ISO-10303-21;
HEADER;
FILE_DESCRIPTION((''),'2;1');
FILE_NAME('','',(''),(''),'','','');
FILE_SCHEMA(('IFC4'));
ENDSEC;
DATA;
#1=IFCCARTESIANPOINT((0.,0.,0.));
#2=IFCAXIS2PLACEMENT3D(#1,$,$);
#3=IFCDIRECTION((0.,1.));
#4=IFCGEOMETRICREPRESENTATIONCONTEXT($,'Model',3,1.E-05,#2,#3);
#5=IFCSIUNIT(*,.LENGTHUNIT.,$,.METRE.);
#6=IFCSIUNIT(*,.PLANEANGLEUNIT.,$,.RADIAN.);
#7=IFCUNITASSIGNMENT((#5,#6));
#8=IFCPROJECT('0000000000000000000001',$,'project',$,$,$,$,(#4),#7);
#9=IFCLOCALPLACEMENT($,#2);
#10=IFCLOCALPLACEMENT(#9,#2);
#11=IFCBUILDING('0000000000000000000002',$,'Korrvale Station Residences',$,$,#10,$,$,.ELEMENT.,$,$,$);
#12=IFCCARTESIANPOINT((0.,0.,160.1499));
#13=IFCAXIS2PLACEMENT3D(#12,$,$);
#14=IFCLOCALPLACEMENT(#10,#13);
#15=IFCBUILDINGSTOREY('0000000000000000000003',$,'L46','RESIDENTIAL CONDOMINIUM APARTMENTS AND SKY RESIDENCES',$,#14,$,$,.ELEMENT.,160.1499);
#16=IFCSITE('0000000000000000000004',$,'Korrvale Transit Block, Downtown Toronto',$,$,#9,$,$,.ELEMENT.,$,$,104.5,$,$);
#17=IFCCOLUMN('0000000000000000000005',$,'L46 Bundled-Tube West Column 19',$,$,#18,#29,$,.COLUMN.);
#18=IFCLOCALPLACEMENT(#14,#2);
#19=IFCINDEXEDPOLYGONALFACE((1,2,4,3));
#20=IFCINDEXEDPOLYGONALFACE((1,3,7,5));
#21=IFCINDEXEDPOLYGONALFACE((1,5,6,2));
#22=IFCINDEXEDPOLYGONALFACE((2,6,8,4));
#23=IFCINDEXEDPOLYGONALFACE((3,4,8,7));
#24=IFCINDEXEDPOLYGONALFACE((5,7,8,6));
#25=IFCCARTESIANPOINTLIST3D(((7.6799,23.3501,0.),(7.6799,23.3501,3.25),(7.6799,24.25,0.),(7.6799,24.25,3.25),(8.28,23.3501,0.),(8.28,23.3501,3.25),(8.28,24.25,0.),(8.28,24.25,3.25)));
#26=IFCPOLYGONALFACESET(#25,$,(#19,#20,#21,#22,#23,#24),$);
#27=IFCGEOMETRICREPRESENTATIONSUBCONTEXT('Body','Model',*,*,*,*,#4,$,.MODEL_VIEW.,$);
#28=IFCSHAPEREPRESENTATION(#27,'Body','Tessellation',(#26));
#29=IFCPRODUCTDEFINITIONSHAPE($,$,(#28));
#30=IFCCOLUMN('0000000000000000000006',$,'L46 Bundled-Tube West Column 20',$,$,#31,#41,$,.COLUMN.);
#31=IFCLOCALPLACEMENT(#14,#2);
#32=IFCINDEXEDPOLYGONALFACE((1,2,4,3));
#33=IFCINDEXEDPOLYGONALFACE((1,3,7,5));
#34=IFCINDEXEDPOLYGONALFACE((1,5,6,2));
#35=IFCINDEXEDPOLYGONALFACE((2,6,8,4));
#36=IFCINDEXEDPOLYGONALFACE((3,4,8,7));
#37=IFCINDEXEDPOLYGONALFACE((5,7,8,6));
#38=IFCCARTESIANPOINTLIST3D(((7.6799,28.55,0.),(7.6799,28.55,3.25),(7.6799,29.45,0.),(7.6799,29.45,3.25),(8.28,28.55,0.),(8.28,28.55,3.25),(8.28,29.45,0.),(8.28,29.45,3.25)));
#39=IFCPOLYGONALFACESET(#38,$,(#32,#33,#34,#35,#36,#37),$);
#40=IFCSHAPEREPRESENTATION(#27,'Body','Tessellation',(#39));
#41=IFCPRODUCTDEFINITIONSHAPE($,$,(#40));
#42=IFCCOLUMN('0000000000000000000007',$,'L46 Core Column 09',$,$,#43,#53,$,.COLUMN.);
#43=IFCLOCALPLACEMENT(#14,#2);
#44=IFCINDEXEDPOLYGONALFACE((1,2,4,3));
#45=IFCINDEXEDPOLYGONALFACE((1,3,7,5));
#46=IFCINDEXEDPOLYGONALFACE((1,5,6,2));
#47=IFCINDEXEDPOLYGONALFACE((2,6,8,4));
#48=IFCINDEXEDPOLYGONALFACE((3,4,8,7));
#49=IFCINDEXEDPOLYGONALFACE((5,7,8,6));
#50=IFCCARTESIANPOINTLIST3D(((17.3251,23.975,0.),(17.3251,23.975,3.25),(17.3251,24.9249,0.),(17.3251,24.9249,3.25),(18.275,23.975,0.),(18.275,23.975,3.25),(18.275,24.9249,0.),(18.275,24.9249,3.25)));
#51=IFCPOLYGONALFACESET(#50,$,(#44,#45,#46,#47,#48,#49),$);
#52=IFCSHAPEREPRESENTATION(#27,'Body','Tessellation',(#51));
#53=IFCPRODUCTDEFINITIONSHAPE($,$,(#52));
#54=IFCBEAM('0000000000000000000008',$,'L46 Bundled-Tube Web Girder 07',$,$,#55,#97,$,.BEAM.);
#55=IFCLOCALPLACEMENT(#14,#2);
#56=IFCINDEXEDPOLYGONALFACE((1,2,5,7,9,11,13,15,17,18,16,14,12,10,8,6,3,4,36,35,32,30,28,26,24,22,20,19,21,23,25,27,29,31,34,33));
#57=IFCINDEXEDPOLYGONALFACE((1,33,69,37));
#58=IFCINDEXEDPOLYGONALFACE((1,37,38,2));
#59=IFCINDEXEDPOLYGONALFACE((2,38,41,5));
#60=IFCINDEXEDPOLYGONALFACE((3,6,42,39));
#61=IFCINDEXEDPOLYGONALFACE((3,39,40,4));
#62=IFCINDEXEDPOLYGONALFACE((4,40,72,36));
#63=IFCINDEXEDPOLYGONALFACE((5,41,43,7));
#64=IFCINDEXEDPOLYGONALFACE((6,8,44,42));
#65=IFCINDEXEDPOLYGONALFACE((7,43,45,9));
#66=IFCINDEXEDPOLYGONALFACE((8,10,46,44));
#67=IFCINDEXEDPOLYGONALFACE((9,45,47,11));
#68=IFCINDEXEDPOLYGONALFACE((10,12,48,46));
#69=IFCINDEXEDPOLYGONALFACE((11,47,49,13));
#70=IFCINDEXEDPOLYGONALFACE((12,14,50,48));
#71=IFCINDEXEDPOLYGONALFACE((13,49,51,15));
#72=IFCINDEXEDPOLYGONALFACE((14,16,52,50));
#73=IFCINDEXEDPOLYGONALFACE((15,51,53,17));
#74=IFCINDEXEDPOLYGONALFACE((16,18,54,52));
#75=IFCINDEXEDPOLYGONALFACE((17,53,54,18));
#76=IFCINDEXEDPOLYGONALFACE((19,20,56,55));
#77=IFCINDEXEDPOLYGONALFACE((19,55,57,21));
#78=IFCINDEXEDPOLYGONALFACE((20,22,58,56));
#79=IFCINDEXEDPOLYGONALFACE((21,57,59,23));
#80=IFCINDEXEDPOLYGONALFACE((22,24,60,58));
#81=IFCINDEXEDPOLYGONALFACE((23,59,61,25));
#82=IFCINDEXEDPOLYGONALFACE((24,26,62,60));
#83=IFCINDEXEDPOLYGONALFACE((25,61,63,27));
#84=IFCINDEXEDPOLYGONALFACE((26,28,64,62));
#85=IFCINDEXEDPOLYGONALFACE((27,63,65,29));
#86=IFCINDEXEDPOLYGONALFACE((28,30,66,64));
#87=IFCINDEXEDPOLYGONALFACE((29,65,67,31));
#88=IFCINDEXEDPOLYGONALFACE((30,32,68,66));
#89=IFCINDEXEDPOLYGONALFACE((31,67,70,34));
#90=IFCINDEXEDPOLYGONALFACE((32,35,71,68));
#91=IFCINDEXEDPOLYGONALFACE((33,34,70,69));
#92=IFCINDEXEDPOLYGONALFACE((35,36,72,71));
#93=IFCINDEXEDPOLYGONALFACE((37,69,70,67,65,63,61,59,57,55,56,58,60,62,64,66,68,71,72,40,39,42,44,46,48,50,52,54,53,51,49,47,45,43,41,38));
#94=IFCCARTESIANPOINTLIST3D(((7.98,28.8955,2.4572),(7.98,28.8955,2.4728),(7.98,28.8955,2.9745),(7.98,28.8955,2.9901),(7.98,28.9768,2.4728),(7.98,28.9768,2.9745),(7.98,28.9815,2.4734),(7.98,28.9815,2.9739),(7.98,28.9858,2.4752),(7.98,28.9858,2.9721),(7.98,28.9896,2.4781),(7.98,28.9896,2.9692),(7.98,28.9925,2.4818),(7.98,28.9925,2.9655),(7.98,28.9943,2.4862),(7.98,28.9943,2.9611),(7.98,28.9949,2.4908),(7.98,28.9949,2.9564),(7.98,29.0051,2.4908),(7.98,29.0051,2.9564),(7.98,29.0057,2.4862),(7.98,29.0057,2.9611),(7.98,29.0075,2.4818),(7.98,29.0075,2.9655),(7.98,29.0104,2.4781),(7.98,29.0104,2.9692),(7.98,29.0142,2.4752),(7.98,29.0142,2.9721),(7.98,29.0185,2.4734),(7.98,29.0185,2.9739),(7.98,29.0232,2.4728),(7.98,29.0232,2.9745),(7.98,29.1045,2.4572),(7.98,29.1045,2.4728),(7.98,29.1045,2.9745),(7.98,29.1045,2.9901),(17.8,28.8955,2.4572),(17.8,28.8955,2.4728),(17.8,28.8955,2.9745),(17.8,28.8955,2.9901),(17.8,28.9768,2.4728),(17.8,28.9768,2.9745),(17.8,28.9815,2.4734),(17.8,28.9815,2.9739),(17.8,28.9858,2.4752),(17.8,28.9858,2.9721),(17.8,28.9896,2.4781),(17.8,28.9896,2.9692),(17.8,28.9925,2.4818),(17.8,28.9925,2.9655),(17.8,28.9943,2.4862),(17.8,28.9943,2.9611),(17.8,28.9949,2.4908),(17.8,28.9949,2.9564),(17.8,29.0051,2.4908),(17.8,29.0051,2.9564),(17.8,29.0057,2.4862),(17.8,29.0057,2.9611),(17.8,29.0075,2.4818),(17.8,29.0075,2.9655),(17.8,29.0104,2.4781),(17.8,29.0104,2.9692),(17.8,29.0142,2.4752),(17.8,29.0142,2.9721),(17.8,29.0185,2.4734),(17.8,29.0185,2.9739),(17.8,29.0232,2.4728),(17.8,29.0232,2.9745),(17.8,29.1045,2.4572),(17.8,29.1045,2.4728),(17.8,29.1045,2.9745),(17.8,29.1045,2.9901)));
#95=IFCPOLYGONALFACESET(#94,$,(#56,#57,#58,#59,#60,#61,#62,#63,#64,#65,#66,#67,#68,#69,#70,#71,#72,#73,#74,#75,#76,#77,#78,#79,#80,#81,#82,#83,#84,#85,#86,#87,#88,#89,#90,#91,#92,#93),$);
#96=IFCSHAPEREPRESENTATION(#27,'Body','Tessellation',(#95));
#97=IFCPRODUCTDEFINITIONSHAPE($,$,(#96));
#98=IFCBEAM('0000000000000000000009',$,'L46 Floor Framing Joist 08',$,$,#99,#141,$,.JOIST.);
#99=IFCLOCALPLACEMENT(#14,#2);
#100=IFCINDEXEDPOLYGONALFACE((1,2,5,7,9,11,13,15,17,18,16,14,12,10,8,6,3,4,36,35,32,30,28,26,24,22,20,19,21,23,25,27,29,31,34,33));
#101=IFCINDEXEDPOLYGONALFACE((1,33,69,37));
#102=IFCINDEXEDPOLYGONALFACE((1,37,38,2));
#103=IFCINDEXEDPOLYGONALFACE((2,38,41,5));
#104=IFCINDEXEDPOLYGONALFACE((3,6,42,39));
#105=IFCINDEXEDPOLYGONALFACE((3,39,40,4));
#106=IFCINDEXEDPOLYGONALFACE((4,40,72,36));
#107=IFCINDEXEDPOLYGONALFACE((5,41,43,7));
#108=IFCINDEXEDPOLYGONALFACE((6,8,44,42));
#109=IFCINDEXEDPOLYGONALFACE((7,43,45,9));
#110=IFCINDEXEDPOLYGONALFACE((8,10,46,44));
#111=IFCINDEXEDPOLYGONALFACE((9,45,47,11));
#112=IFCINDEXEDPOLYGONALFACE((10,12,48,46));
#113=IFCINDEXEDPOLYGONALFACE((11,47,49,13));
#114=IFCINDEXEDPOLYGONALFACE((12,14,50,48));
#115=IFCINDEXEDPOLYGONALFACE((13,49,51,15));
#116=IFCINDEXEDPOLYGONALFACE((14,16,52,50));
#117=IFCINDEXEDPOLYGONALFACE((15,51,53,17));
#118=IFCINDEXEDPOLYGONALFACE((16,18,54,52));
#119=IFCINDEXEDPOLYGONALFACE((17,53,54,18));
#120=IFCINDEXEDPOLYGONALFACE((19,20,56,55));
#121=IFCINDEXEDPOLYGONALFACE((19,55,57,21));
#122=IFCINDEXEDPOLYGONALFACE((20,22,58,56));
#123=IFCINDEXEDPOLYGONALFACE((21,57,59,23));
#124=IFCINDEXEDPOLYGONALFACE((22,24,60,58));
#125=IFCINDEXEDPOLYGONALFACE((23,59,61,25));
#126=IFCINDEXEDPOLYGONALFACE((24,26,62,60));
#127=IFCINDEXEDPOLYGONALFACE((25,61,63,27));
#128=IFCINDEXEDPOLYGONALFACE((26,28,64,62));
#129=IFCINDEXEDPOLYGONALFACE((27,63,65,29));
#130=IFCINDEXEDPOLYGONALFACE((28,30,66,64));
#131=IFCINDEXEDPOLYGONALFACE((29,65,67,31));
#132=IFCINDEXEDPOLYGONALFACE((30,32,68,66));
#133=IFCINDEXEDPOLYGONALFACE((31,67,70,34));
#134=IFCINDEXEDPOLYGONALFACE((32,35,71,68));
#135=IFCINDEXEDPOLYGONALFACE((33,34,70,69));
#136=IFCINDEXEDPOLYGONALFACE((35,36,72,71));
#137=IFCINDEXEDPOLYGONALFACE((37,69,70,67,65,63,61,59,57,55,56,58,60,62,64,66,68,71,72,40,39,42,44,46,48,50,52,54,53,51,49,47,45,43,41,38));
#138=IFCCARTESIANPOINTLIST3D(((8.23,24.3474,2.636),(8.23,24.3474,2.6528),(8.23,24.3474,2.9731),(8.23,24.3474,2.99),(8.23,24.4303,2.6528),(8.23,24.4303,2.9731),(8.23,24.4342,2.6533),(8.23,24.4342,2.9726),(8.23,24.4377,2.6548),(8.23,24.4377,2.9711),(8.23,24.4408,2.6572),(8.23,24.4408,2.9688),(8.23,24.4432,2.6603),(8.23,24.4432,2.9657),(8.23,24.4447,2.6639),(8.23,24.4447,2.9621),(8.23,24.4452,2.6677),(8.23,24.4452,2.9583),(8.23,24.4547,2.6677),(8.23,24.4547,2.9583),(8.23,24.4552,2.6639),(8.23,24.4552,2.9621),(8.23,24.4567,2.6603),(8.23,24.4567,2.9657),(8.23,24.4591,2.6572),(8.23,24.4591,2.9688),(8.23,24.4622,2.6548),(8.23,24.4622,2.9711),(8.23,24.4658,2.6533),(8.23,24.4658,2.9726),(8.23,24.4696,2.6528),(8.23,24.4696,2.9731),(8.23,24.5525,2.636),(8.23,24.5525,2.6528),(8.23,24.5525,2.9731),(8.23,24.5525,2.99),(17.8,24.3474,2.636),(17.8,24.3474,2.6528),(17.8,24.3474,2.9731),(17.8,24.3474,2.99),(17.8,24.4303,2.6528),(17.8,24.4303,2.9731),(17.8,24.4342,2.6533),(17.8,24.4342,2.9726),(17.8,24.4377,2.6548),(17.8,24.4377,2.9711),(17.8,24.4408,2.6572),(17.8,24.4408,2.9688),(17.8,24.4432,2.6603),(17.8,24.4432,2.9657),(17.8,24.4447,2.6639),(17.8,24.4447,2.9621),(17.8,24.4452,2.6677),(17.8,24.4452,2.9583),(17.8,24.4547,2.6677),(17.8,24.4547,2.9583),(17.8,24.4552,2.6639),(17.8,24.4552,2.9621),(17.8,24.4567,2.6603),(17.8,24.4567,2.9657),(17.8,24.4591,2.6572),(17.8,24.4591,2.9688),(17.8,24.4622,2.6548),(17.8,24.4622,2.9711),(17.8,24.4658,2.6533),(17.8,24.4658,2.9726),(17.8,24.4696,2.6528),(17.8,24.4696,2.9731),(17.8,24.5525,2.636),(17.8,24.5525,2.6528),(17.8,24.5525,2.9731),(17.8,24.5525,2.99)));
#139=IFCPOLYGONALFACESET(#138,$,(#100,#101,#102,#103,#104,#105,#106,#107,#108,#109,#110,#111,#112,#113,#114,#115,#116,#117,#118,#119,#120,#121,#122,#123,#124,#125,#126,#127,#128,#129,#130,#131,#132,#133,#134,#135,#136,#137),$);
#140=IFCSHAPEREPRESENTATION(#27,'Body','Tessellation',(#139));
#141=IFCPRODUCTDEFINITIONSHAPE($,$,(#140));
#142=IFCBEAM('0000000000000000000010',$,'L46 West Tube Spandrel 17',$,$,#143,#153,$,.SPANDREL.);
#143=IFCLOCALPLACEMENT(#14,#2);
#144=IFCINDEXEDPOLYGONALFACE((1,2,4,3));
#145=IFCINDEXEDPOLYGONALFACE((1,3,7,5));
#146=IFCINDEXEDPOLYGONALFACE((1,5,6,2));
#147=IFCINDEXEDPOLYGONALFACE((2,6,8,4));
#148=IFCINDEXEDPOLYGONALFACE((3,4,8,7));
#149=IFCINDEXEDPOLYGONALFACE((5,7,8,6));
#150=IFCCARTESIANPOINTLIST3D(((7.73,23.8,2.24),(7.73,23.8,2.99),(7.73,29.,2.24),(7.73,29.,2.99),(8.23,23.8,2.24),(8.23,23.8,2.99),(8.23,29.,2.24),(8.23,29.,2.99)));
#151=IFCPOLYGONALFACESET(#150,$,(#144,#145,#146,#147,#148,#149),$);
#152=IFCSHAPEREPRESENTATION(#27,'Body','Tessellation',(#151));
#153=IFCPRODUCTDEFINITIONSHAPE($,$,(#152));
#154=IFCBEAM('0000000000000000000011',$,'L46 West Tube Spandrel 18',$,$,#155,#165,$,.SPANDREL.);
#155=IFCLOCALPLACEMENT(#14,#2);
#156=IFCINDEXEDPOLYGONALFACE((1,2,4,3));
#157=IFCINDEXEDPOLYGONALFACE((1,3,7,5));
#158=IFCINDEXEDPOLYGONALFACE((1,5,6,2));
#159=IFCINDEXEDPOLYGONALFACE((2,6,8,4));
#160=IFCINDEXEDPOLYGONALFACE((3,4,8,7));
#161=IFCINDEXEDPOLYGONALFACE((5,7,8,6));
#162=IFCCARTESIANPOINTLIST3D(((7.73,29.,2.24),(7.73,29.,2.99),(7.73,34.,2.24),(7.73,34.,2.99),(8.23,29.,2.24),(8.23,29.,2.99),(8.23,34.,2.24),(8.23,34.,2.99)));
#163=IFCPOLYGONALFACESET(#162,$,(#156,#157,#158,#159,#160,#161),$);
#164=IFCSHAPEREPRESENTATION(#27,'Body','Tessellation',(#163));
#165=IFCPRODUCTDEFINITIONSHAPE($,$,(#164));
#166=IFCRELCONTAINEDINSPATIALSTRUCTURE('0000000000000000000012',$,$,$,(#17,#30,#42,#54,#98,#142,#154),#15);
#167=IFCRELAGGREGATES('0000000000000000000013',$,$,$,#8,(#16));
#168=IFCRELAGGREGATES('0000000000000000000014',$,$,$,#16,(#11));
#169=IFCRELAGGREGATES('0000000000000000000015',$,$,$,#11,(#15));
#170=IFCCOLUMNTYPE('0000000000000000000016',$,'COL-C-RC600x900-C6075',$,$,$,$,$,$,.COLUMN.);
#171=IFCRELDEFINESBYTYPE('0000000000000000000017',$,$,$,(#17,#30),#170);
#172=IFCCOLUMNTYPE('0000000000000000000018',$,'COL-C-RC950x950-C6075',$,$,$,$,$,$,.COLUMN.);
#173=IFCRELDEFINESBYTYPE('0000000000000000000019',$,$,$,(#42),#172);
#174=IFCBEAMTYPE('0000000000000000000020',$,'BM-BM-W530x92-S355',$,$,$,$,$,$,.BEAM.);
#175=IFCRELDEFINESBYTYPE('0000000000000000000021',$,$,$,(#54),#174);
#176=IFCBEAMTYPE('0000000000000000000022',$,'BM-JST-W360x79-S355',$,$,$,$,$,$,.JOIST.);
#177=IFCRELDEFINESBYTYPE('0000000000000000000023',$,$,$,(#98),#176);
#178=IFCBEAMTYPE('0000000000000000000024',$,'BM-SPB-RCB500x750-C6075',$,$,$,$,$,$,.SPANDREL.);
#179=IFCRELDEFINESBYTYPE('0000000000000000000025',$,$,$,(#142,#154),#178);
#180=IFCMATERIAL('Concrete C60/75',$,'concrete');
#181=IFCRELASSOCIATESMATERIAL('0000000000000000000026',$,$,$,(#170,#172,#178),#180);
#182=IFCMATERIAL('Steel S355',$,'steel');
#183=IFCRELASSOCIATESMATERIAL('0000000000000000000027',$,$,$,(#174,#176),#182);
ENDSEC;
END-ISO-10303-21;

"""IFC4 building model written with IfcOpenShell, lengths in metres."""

from ifc_helpers import new_model, si_unit, direction, frame, origin, origin_2d, place, context, subcontext, project, spatial, rectangle, i_section, extrude, material, material_profile, profile_set, type_object, element, save


model = new_model("IFC4")

# Units and contexts
model_context = context("Model", 3, precision=1e-05, world=origin(), true_north=direction((0.0, 1.0)))
body_context = subcontext(model_context, "Body", "Model", "MODEL_VIEW")
ifc_project = project(units=[si_unit("LENGTHUNIT", "METRE"), si_unit("PLANEANGLEUNIT", "RADIAN")], contexts=[model_context])

# Site, building, storey
site_placement = place(None, origin())
site = spatial("IfcSite", under=ifc_project, at=site_placement, Name="Korrvale Transit Block, Downtown Toronto", CompositionType="ELEMENT", RefElevation=104.5)
building_placement = place(site_placement, origin())
building = spatial("IfcBuilding", under=site, at=building_placement, Name="Korrvale Station Residences", CompositionType="ELEMENT")
storey_placement = place(building_placement, frame((0.0, 0.0, 160.1499)))
storey = spatial("IfcBuildingStorey", under=building, at=storey_placement, Name="L46", Description="RESIDENTIAL CONDOMINIUM APARTMENTS AND SKY RESIDENCES", CompositionType="ELEMENT", Elevation=160.1499)

# Columns
ifc_material_1 = material(Name="Concrete C60/75", Category="concrete")
ifc_material_profile_1 = material_profile(ifc_material_1, rectangle(XDim=0.6001, YDim=0.8999, at=origin_2d()), Name="RC600x900")
ifc_profile_set_1 = profile_set([ifc_material_profile_1], Name="Concrete C60/75")
column_type_1 = type_object("IfcColumnType", Name="COL-C-RC600x900-C6075", PredefinedType="COLUMN", material=ifc_profile_set_1)
for number, where, z_axis, x_axis, name in (
    (1, (7.98, 23.8, 0.0), (0.0, 0.0, 1.0), (1.0, 0.0, 0.0), "L46 Bundled-Tube West Column 19"),
    (2, (7.98, 29.0, 0.0), (0.0, 0.0, 1.0), (1.0, 0.0, 0.0), "L46 Bundled-Tube West Column 20"),
):
    element("IfcColumn", number, at=place(storey_placement, frame(where, z_axis=z_axis, x_axis=x_axis)), inside=storey, type_object=column_type_1, Name=name, PredefinedType="COLUMN", context=body_context, shape_type="SweptSolid", body=[
        extrude(rectangle(XDim=0.6001, YDim=0.8999, at=origin_2d()), origin(), (0.0, 0.0, 1.0), 3.25),
    ])
ifc_material_profile_2 = material_profile(ifc_material_1, rectangle(XDim=0.95, YDim=0.95, at=origin_2d()), Name="RC950x950")
ifc_profile_set_2 = profile_set([ifc_material_profile_2], Name="Concrete C60/75")
column_type_2 = type_object("IfcColumnType", Name="COL-C-RC950x950-C6075", PredefinedType="COLUMN", material=ifc_profile_set_2)
column_placement = place(storey_placement, frame((17.8, 24.45, 0.0), z_axis=(0.0, 0.0, 1.0), x_axis=(1.0, 0.0, 0.0)))
element("IfcColumn", 3, at=column_placement, inside=storey, type_object=column_type_2, Name="L46 Core Column 09", PredefinedType="COLUMN", context=body_context, shape_type="SweptSolid", body=[
    extrude(rectangle(XDim=0.95, YDim=0.95, at=origin_2d()), origin(), (0.0, 0.0, 1.0), 3.25),
])

# Beams
ifc_material_2 = material(Name="Steel S355", Category="steel")
ifc_material_profile_3 = material_profile(ifc_material_2, i_section(OverallWidth=0.209, OverallDepth=0.533, WebThickness=0.0103, FlangeThickness=0.0156, FilletRadius=0.0181, at=origin_2d()), Name="W530x92")
ifc_profile_set_3 = profile_set([ifc_material_profile_3], Name="Steel S355")
beam_type_1 = type_object("IfcBeamType", Name="BM-BM-W530x92-S355", PredefinedType="BEAM", material=ifc_profile_set_3)
beam_1_placement = place(storey_placement, frame((7.98, 29.0, 2.7236), z_axis=(1.0, 0.0, 0.0), x_axis=(0.0, 1.0, 0.0)))
element("IfcBeam", 4, at=beam_1_placement, inside=storey, type_object=beam_type_1, Name="L46 Bundled-Tube Web Girder 07", PredefinedType="BEAM", context=body_context, shape_type="SweptSolid", body=[
    extrude(i_section(OverallWidth=0.209, OverallDepth=0.533, WebThickness=0.0103, FlangeThickness=0.0156, FilletRadius=0.0181, at=origin_2d()), origin(), (0.0, 0.0, 1.0), 9.8201),
])
ifc_material_profile_4 = material_profile(ifc_material_2, i_section(OverallWidth=0.2051, OverallDepth=0.354, WebThickness=0.0095, FlangeThickness=0.0168, FilletRadius=0.0149, at=origin_2d()), Name="W360x79")
ifc_profile_set_4 = profile_set([ifc_material_profile_4], Name="Steel S355")
beam_type_2 = type_object("IfcBeamType", Name="BM-JST-W360x79-S355", PredefinedType="JOIST", material=ifc_profile_set_4)
beam_2_placement = place(storey_placement, frame((8.23, 24.45, 2.813), z_axis=(1.0, 0.0, 0.0), x_axis=(0.0, 1.0, 0.0)))
element("IfcBeam", 5, at=beam_2_placement, inside=storey, type_object=beam_type_2, Name="L46 Floor Framing Joist 08", PredefinedType="JOIST", context=body_context, shape_type="SweptSolid", body=[
    extrude(i_section(OverallWidth=0.2051, OverallDepth=0.354, WebThickness=0.0095, FlangeThickness=0.0168, FilletRadius=0.0149, at=origin_2d()), origin(), (0.0, 0.0, 1.0), 9.5701),
])
ifc_material_profile_5 = material_profile(ifc_material_1, rectangle(XDim=0.5, YDim=0.75, at=origin_2d()), Name="RCB500x750")
ifc_profile_set_5 = profile_set([ifc_material_profile_5], Name="Concrete C60/75")
beam_type_3 = type_object("IfcBeamType", Name="BM-SPB-RCB500x750-C6075", PredefinedType="SPANDREL", material=ifc_profile_set_5)
beam_3_placement = place(storey_placement, frame((7.98, 23.8, 2.615), z_axis=(0.0, 1.0, 0.0), x_axis=(-1.0, 0.0, 0.0)))
element("IfcBeam", 6, at=beam_3_placement, inside=storey, type_object=beam_type_3, Name="L46 West Tube Spandrel 17", PredefinedType="SPANDREL", context=body_context, shape_type="SweptSolid", body=[
    extrude(rectangle(XDim=0.5, YDim=0.75, at=origin_2d()), origin(), (0.0, 0.0, 1.0), 5.2),
])
beam_4_placement = place(storey_placement, frame((7.98, 29.0, 2.615), z_axis=(0.0, 1.0, 0.0), x_axis=(-1.0, 0.0, 0.0)))
element("IfcBeam", 7, at=beam_4_placement, inside=storey, type_object=beam_type_3, Name="L46 West Tube Spandrel 18", PredefinedType="SPANDREL", context=body_context, shape_type="SweptSolid", body=[
    extrude(rectangle(XDim=0.5, YDim=0.75, at=origin_2d()), origin(), (0.0, 0.0, 1.0), 5.0),
])

save(model, "model.ifc")
